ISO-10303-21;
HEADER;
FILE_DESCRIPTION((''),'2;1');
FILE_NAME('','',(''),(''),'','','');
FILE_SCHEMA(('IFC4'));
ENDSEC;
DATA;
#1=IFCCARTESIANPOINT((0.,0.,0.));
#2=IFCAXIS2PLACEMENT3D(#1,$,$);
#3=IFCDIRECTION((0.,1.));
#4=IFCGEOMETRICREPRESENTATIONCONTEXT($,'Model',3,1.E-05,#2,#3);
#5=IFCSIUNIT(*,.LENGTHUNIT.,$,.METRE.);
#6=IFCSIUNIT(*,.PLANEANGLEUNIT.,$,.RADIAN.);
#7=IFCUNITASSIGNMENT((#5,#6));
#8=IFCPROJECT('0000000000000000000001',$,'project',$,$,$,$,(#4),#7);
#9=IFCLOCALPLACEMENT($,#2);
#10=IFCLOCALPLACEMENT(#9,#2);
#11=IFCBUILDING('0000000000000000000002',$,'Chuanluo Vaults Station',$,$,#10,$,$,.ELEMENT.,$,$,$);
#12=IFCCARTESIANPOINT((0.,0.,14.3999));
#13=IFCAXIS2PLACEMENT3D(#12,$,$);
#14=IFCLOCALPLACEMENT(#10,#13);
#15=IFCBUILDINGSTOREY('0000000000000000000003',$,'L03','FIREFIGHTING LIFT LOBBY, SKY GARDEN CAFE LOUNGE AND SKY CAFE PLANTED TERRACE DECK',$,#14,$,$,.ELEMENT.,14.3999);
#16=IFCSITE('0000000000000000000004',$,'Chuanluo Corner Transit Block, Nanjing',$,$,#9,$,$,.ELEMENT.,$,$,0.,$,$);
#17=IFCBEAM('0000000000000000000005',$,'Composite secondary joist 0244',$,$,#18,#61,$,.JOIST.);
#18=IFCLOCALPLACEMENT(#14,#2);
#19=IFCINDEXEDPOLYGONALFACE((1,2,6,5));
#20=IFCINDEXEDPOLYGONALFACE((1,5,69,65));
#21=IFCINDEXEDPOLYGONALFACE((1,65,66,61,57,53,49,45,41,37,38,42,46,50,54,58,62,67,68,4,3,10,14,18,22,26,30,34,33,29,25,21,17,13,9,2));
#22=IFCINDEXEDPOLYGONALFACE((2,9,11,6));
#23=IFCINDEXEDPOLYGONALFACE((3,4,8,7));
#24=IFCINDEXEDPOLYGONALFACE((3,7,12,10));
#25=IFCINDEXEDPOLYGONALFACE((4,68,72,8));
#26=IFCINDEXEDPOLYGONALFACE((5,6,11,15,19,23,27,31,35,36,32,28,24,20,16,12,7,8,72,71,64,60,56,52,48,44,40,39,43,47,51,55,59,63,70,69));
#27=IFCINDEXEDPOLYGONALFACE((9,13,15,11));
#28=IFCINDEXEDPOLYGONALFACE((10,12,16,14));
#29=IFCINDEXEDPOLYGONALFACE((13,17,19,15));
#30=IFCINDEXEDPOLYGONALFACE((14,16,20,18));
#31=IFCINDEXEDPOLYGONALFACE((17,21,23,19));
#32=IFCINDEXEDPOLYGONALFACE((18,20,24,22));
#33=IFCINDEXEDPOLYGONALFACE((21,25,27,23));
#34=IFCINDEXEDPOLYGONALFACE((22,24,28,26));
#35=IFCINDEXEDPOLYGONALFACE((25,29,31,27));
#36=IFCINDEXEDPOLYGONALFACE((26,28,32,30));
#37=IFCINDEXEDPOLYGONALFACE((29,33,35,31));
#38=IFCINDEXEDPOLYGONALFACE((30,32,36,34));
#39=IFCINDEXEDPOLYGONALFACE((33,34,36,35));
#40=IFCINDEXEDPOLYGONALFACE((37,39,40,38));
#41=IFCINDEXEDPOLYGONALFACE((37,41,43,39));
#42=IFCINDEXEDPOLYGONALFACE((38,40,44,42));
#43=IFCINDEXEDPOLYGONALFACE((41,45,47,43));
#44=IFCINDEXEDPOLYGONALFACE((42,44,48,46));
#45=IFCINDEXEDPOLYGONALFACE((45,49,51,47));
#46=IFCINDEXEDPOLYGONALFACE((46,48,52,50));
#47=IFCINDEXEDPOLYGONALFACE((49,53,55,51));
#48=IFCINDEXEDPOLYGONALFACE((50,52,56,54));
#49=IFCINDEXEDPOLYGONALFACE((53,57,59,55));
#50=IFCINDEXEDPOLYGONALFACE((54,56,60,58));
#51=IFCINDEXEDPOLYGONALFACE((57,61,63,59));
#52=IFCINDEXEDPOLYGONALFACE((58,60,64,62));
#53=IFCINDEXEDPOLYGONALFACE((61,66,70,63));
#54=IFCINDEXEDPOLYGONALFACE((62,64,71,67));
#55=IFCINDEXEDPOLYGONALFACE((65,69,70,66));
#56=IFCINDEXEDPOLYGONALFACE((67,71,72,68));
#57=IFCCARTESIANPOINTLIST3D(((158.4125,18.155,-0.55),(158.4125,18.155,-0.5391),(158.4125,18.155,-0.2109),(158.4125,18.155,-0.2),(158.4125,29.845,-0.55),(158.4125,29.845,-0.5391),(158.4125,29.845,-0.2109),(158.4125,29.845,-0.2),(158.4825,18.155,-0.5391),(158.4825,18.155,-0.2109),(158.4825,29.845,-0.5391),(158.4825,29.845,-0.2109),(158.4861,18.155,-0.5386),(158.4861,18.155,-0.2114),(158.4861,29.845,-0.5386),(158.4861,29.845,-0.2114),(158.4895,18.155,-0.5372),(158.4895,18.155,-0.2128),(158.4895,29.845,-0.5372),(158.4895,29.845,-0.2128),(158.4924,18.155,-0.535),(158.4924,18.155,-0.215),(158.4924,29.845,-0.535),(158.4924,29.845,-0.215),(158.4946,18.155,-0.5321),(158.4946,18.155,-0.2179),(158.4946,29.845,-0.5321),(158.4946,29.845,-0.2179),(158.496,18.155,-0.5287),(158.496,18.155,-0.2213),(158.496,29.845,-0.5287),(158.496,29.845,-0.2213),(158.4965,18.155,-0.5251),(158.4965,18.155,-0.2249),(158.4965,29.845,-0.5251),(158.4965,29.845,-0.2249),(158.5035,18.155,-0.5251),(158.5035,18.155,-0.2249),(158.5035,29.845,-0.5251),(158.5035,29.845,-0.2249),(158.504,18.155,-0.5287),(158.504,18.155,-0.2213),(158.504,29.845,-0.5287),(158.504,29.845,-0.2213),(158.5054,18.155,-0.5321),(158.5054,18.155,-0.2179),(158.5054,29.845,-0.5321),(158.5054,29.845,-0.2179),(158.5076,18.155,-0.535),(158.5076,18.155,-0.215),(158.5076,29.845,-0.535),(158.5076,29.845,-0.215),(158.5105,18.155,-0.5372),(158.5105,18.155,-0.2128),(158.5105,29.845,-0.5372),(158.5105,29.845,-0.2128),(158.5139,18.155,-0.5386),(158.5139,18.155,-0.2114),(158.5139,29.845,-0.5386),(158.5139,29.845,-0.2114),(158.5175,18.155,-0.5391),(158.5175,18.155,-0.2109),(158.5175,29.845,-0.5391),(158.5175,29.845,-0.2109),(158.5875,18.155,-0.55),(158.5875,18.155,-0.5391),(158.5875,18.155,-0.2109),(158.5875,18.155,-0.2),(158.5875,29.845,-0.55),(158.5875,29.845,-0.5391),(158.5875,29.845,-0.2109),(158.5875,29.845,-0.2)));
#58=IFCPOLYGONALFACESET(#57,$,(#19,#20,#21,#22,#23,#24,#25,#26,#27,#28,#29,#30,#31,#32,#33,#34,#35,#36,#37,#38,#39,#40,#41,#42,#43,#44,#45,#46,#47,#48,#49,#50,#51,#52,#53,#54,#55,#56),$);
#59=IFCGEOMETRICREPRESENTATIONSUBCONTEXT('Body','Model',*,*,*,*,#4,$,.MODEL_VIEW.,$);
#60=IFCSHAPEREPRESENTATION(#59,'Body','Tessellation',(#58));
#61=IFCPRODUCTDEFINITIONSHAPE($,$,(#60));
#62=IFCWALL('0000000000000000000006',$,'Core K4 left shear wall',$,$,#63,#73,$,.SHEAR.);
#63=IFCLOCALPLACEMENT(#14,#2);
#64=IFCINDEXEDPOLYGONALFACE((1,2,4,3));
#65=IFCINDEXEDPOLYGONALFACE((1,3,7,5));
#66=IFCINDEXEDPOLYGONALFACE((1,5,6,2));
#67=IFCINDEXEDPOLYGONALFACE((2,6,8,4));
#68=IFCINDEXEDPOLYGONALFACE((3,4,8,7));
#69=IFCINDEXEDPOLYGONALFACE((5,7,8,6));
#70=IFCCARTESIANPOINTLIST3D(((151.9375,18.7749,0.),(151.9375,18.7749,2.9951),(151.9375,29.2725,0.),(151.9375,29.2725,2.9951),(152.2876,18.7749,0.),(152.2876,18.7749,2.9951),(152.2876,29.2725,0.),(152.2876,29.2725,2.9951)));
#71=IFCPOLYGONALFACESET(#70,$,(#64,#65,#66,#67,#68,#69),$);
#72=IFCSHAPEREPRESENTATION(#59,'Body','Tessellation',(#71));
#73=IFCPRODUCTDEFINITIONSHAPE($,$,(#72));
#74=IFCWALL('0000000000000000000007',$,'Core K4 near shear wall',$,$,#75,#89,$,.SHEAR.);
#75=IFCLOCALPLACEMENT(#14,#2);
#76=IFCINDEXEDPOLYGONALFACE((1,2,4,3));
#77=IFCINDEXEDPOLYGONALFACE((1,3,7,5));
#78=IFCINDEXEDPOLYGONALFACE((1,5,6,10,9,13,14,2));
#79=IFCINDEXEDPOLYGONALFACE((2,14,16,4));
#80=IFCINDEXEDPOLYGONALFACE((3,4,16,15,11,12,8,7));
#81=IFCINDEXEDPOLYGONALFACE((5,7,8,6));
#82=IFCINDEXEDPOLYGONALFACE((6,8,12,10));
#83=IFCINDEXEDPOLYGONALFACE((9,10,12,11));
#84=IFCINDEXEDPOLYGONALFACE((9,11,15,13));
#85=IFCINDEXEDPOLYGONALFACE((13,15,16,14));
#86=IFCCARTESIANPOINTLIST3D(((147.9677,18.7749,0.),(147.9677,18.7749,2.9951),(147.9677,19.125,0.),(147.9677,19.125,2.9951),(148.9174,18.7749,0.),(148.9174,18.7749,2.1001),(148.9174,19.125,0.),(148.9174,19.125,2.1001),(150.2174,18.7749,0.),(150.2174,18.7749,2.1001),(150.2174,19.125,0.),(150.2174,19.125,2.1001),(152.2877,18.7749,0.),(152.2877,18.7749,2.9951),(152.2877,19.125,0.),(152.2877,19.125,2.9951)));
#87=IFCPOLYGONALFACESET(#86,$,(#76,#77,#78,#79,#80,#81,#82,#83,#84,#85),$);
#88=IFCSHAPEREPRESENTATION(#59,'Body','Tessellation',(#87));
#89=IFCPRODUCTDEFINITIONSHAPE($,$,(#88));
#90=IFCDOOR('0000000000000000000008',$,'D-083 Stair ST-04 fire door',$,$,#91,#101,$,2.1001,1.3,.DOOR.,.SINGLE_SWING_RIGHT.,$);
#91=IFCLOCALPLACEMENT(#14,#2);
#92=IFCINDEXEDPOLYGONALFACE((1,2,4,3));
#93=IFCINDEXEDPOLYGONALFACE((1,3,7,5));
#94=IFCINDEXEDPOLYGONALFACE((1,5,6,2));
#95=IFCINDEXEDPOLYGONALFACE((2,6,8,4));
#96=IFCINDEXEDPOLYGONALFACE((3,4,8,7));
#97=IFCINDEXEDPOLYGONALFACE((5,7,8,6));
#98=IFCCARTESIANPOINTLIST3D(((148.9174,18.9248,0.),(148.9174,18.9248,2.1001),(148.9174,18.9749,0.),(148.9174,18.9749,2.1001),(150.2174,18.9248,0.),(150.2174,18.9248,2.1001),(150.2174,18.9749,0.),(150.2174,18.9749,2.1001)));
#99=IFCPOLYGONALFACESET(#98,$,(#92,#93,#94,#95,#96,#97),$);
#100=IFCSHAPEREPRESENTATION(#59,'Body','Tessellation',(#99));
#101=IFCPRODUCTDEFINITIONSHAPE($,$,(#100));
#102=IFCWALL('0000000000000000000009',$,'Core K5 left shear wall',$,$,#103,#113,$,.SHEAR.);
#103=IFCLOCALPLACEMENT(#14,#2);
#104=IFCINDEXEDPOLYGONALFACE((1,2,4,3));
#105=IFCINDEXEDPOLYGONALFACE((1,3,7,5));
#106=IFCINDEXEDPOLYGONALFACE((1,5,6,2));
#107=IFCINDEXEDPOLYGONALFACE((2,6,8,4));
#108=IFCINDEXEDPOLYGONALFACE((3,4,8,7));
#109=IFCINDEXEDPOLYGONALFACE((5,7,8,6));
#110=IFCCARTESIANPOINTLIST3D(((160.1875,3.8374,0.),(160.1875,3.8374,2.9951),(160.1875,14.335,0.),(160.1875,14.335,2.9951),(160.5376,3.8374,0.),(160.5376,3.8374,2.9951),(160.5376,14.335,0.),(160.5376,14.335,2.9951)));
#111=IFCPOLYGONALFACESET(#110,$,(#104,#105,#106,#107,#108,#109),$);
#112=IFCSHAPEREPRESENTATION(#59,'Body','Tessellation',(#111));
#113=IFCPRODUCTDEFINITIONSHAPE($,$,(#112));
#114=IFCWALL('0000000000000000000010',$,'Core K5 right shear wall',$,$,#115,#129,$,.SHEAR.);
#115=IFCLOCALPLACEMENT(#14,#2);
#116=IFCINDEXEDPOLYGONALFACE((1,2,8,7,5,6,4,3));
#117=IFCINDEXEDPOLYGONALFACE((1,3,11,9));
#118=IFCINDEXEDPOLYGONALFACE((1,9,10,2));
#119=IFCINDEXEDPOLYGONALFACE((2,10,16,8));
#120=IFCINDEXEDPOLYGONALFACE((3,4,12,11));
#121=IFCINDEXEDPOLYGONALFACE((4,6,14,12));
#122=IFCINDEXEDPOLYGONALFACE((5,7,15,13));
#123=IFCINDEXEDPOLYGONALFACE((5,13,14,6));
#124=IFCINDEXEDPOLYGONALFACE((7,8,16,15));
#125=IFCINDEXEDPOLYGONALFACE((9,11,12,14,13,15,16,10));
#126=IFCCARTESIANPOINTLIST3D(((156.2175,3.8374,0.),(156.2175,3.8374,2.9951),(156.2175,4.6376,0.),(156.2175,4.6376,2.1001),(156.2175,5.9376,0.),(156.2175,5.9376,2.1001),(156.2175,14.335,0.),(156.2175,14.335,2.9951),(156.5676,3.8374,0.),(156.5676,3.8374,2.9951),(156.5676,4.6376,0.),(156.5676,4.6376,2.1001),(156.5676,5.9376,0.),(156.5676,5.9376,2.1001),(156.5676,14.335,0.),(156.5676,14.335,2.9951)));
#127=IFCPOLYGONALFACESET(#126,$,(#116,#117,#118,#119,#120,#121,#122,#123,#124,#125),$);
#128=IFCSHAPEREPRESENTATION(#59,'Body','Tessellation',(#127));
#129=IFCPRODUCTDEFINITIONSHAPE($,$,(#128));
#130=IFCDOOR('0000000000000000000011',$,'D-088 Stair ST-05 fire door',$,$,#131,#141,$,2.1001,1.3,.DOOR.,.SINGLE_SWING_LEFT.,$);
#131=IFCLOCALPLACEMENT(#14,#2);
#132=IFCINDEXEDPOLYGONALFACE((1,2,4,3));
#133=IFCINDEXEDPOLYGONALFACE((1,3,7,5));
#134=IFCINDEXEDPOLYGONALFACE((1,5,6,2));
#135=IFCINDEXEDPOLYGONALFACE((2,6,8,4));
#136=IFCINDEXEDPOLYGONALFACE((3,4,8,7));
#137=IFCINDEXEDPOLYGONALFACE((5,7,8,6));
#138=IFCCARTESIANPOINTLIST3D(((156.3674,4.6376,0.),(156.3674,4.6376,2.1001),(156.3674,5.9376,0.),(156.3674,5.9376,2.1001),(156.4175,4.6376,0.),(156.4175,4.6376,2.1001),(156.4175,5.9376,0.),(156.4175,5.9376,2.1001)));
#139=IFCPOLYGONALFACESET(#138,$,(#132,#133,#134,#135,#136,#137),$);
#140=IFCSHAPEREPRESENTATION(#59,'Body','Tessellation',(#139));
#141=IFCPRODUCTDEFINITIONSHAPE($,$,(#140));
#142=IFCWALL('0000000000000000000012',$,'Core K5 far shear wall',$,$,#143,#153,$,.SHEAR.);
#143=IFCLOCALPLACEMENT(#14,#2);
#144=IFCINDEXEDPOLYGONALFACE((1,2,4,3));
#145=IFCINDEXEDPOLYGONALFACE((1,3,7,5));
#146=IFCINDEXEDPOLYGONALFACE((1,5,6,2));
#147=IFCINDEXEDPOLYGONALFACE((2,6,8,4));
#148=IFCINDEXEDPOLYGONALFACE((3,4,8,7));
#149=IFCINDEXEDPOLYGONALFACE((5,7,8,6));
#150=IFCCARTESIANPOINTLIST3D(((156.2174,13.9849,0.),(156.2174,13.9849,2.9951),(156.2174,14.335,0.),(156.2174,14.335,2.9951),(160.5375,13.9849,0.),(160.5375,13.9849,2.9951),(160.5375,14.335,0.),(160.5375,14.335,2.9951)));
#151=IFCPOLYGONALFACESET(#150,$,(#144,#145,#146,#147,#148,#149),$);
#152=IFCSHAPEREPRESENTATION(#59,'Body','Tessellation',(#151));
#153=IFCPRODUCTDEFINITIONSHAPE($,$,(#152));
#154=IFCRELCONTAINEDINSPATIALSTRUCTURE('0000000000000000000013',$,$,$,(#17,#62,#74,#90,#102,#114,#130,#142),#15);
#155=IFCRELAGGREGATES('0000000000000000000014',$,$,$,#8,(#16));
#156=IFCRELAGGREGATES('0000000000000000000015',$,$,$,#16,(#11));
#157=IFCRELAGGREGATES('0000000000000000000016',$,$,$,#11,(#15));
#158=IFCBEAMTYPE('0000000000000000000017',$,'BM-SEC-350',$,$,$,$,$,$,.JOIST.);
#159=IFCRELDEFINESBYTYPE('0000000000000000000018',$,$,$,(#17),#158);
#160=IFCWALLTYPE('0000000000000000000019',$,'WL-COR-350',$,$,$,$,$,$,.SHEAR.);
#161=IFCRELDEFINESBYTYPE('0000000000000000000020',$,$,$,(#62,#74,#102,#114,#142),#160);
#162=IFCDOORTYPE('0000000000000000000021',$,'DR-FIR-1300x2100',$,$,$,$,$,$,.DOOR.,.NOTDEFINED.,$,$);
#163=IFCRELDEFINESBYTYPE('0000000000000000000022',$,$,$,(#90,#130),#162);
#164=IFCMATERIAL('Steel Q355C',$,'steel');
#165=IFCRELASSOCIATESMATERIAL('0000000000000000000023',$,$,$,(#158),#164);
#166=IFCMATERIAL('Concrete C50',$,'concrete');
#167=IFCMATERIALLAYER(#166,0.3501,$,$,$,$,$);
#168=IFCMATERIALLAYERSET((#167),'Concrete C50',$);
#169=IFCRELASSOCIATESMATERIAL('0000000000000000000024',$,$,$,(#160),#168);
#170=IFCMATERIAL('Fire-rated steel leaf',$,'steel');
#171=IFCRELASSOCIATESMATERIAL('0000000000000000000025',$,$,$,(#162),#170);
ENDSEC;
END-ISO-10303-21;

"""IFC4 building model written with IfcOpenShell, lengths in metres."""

from ifc_helpers import new_model, si_unit, direction, frame, frame_2d, origin, origin_2d, place, context, subcontext, project, spatial, rectangle, i_section, extrude, material, layer, layer_set, material_profile, profile_set, type_object, element, fill, save


model = new_model("IFC4")

# Units and contexts
model_context = context("Model", 3, precision=1e-05, world=origin(), true_north=direction((0.0, 1.0)))
body_context = subcontext(model_context, "Body", "Model", "MODEL_VIEW")
ifc_project = project(units=[si_unit("LENGTHUNIT", "METRE"), si_unit("PLANEANGLEUNIT", "RADIAN")], contexts=[model_context])

# Site, building, storey
site_placement = place(None, origin())
site = spatial("IfcSite", under=ifc_project, at=site_placement, Name="Chuanluo Corner Transit Block, Nanjing", CompositionType="ELEMENT", RefElevation=0.0)
building_placement = place(site_placement, origin())
building = spatial("IfcBuilding", under=site, at=building_placement, Name="Chuanluo Vaults Station", CompositionType="ELEMENT")
storey_placement = place(building_placement, frame((0.0, 0.0, 14.3999)))
storey = spatial("IfcBuildingStorey", under=building, at=storey_placement, Name="L03", Description="FIREFIGHTING LIFT LOBBY, SKY GARDEN CAFE LOUNGE AND SKY CAFE PLANTED TERRACE DECK", CompositionType="ELEMENT", Elevation=14.3999)

# Beam
ifc_material_1 = material(Name="Steel Q355C", Category="steel")
ifc_material_profile_1 = material_profile(ifc_material_1, i_section(OverallWidth=0.175, OverallDepth=0.3501, WebThickness=0.0071, FlangeThickness=0.011, FilletRadius=0.0139, at=origin_2d()))
ifc_profile_set_1 = profile_set([ifc_material_profile_1], Name="Steel Q355C")
beam_type_1 = type_object("IfcBeamType", Name="BM-SEC-350", PredefinedType="JOIST", material=ifc_profile_set_1)
beam_1_placement = place(storey_placement, frame((158.5, 18.155, -0.375), z_axis=(0.0, 1.0, 0.0), x_axis=(-1.0, 0.0, 0.0)))
element("IfcBeam", 1, at=beam_1_placement, inside=storey, type_object=beam_type_1, Name="Composite secondary joist 0244", PredefinedType="JOIST", context=body_context, shape_type="SweptSolid", body=[
    extrude(i_section(OverallWidth=0.175, OverallDepth=0.3501, WebThickness=0.0071, FlangeThickness=0.011, FilletRadius=0.0139, at=origin_2d()), origin(), (0.0, 0.0, 1.0), 11.6899),
])

# Wall
ifc_material_2 = material(Name="Concrete C50", Category="concrete")
ifc_layer_1 = layer(ifc_material_2, 0.3501)
ifc_layer_set_1 = layer_set([ifc_layer_1], Name="Concrete C50")
wall_type_1 = type_object("IfcWallType", Name="WL-COR-350", PredefinedType="SHEAR", material=ifc_layer_set_1)
wall_1_placement = place(storey_placement, frame((152.1125, 18.7749, 0.0), z_axis=(0.0, 0.0, 1.0), x_axis=(0.0, 1.0, 0.0)))
element("IfcWall", 2, at=wall_1_placement, inside=storey, type_object=wall_type_1, Name="Core K4 left shear wall", PredefinedType="SHEAR", context=body_context, shape_type="SweptSolid", body=[
    extrude(rectangle(XDim=10.4976, YDim=0.3501, at=frame_2d((5.2488, 0.0))), origin(), (0.0, 0.0, 1.0), 2.9951),
])

# Wall, opening, door
wall_2_placement = place(storey_placement, frame((147.9675, 18.95, 0.0), z_axis=(0.0, 0.0, 1.0), x_axis=(1.0, 0.0, 0.0)))
wall_2 = element("IfcWall", 3, at=wall_2_placement, inside=storey, type_object=wall_type_1, Name="Core K4 near shear wall", PredefinedType="SHEAR", context=body_context, shape_type="SweptSolid", body=[
    extrude(rectangle(XDim=4.3201, YDim=0.3501, at=frame_2d((2.1602, 0.0))), origin(), (0.0, 0.0, 1.0), 2.9951),
])
opening_1_placement = place(wall_2_placement, frame((0.95, 0.0, 0.0)))
opening_1 = element("IfcOpeningElement", 4, at=opening_1_placement, cuts=wall_2, PredefinedType="OPENING", context=body_context, shape_type="SweptSolid", body=[
    extrude(rectangle(XDim=1.3, YDim=2.1001, at=frame_2d((0.6499, 1.05))), frame((0.0, 0.185, 0.0), z_axis=(0.0, -1.0, 0.0), x_axis=(1.0, 0.0, 0.0)), (0.0, 0.0, 1.0), 0.3701),
])
ifc_material_3 = material(Name="Fire-rated steel leaf", Category="steel")
door_type_1 = type_object("IfcDoorType", Name="DR-FIR-1300x2100", OperationType="NOTDEFINED", PredefinedType="DOOR", material=ifc_material_3)
door_1_placement = place(opening_1_placement, origin())
door_1 = element("IfcDoor", 5, at=door_1_placement, inside=storey, type_object=door_type_1, Name="D-083 Stair ST-04 fire door", OperationType="SINGLE_SWING_RIGHT", OverallHeight=2.1001, OverallWidth=1.3, PredefinedType="DOOR", context=body_context, shape_type="SweptSolid", body=[
    extrude(rectangle(XDim=1.3, YDim=2.1001, at=frame_2d((0.6499, 1.05))), frame((0.0, 0.0249, 0.0), z_axis=(0.0, -1.0, 0.0), x_axis=(1.0, 0.0, 0.0)), (0.0, 0.0, 1.0), 0.05),
])
fill(opening_1, door_1)

# Wall
wall_3_placement = place(storey_placement, frame((160.3625, 3.8374, 0.0), z_axis=(0.0, 0.0, 1.0), x_axis=(0.0, 1.0, 0.0)))
element("IfcWall", 6, at=wall_3_placement, inside=storey, type_object=wall_type_1, Name="Core K5 left shear wall", PredefinedType="SHEAR", context=body_context, shape_type="SweptSolid", body=[
    extrude(rectangle(XDim=10.4976, YDim=0.3501, at=frame_2d((5.2488, 0.0))), origin(), (0.0, 0.0, 1.0), 2.9951),
])

# Wall, opening, door
wall_4_placement = place(storey_placement, frame((156.3926, 14.335, 0.0), z_axis=(0.0, 0.0, 1.0), x_axis=(0.0, -1.0, 0.0)))
wall_4 = element("IfcWall", 7, at=wall_4_placement, inside=storey, type_object=wall_type_1, Name="Core K5 right shear wall", PredefinedType="SHEAR", context=body_context, shape_type="SweptSolid", body=[
    extrude(rectangle(XDim=10.4976, YDim=0.3501, at=frame_2d((5.2488, 0.0))), origin(), (0.0, 0.0, 1.0), 2.9951),
])
opening_2_placement = place(wall_4_placement, frame((8.3975, 0.0, 0.0)))
opening_2 = element("IfcOpeningElement", 8, at=opening_2_placement, cuts=wall_4, PredefinedType="OPENING", context=body_context, shape_type="SweptSolid", body=[
    extrude(rectangle(XDim=1.3, YDim=2.1001, at=frame_2d((0.6499, 1.05))), frame((0.0, 0.185, 0.0), z_axis=(0.0, -1.0, 0.0), x_axis=(1.0, 0.0, 0.0)), (0.0, 0.0, 1.0), 0.3701),
])
door_2_placement = place(opening_2_placement, origin())
door_2 = element("IfcDoor", 9, at=door_2_placement, inside=storey, type_object=door_type_1, Name="D-088 Stair ST-05 fire door", OperationType="SINGLE_SWING_LEFT", OverallHeight=2.1001, OverallWidth=1.3, PredefinedType="DOOR", context=body_context, shape_type="SweptSolid", body=[
    extrude(rectangle(XDim=1.3, YDim=2.1001, at=frame_2d((0.6499, 1.05))), frame((0.0, 0.0249, 0.0), z_axis=(0.0, -1.0, 0.0), x_axis=(1.0, 0.0, 0.0)), (0.0, 0.0, 1.0), 0.05),
])
fill(opening_2, door_2)

# Wall
for number, where, z_axis, x_axis, name in (
    (10, (160.5376, 14.1599, 0.0), (0.0, 0.0, 1.0), (-1.0, 0.0, 0.0), "Core K5 far shear wall"),
):
    element("IfcWall", number, at=place(storey_placement, frame(where, z_axis=z_axis, x_axis=x_axis)), inside=storey, type_object=wall_type_1, Name=name, PredefinedType="SHEAR", context=body_context, shape_type="SweptSolid", body=[
        extrude(rectangle(XDim=4.3201, YDim=0.3501, at=frame_2d((2.1602, 0.0))), origin(), (0.0, 0.0, 1.0), 2.9951),
    ])

save(model, "model.ifc")
